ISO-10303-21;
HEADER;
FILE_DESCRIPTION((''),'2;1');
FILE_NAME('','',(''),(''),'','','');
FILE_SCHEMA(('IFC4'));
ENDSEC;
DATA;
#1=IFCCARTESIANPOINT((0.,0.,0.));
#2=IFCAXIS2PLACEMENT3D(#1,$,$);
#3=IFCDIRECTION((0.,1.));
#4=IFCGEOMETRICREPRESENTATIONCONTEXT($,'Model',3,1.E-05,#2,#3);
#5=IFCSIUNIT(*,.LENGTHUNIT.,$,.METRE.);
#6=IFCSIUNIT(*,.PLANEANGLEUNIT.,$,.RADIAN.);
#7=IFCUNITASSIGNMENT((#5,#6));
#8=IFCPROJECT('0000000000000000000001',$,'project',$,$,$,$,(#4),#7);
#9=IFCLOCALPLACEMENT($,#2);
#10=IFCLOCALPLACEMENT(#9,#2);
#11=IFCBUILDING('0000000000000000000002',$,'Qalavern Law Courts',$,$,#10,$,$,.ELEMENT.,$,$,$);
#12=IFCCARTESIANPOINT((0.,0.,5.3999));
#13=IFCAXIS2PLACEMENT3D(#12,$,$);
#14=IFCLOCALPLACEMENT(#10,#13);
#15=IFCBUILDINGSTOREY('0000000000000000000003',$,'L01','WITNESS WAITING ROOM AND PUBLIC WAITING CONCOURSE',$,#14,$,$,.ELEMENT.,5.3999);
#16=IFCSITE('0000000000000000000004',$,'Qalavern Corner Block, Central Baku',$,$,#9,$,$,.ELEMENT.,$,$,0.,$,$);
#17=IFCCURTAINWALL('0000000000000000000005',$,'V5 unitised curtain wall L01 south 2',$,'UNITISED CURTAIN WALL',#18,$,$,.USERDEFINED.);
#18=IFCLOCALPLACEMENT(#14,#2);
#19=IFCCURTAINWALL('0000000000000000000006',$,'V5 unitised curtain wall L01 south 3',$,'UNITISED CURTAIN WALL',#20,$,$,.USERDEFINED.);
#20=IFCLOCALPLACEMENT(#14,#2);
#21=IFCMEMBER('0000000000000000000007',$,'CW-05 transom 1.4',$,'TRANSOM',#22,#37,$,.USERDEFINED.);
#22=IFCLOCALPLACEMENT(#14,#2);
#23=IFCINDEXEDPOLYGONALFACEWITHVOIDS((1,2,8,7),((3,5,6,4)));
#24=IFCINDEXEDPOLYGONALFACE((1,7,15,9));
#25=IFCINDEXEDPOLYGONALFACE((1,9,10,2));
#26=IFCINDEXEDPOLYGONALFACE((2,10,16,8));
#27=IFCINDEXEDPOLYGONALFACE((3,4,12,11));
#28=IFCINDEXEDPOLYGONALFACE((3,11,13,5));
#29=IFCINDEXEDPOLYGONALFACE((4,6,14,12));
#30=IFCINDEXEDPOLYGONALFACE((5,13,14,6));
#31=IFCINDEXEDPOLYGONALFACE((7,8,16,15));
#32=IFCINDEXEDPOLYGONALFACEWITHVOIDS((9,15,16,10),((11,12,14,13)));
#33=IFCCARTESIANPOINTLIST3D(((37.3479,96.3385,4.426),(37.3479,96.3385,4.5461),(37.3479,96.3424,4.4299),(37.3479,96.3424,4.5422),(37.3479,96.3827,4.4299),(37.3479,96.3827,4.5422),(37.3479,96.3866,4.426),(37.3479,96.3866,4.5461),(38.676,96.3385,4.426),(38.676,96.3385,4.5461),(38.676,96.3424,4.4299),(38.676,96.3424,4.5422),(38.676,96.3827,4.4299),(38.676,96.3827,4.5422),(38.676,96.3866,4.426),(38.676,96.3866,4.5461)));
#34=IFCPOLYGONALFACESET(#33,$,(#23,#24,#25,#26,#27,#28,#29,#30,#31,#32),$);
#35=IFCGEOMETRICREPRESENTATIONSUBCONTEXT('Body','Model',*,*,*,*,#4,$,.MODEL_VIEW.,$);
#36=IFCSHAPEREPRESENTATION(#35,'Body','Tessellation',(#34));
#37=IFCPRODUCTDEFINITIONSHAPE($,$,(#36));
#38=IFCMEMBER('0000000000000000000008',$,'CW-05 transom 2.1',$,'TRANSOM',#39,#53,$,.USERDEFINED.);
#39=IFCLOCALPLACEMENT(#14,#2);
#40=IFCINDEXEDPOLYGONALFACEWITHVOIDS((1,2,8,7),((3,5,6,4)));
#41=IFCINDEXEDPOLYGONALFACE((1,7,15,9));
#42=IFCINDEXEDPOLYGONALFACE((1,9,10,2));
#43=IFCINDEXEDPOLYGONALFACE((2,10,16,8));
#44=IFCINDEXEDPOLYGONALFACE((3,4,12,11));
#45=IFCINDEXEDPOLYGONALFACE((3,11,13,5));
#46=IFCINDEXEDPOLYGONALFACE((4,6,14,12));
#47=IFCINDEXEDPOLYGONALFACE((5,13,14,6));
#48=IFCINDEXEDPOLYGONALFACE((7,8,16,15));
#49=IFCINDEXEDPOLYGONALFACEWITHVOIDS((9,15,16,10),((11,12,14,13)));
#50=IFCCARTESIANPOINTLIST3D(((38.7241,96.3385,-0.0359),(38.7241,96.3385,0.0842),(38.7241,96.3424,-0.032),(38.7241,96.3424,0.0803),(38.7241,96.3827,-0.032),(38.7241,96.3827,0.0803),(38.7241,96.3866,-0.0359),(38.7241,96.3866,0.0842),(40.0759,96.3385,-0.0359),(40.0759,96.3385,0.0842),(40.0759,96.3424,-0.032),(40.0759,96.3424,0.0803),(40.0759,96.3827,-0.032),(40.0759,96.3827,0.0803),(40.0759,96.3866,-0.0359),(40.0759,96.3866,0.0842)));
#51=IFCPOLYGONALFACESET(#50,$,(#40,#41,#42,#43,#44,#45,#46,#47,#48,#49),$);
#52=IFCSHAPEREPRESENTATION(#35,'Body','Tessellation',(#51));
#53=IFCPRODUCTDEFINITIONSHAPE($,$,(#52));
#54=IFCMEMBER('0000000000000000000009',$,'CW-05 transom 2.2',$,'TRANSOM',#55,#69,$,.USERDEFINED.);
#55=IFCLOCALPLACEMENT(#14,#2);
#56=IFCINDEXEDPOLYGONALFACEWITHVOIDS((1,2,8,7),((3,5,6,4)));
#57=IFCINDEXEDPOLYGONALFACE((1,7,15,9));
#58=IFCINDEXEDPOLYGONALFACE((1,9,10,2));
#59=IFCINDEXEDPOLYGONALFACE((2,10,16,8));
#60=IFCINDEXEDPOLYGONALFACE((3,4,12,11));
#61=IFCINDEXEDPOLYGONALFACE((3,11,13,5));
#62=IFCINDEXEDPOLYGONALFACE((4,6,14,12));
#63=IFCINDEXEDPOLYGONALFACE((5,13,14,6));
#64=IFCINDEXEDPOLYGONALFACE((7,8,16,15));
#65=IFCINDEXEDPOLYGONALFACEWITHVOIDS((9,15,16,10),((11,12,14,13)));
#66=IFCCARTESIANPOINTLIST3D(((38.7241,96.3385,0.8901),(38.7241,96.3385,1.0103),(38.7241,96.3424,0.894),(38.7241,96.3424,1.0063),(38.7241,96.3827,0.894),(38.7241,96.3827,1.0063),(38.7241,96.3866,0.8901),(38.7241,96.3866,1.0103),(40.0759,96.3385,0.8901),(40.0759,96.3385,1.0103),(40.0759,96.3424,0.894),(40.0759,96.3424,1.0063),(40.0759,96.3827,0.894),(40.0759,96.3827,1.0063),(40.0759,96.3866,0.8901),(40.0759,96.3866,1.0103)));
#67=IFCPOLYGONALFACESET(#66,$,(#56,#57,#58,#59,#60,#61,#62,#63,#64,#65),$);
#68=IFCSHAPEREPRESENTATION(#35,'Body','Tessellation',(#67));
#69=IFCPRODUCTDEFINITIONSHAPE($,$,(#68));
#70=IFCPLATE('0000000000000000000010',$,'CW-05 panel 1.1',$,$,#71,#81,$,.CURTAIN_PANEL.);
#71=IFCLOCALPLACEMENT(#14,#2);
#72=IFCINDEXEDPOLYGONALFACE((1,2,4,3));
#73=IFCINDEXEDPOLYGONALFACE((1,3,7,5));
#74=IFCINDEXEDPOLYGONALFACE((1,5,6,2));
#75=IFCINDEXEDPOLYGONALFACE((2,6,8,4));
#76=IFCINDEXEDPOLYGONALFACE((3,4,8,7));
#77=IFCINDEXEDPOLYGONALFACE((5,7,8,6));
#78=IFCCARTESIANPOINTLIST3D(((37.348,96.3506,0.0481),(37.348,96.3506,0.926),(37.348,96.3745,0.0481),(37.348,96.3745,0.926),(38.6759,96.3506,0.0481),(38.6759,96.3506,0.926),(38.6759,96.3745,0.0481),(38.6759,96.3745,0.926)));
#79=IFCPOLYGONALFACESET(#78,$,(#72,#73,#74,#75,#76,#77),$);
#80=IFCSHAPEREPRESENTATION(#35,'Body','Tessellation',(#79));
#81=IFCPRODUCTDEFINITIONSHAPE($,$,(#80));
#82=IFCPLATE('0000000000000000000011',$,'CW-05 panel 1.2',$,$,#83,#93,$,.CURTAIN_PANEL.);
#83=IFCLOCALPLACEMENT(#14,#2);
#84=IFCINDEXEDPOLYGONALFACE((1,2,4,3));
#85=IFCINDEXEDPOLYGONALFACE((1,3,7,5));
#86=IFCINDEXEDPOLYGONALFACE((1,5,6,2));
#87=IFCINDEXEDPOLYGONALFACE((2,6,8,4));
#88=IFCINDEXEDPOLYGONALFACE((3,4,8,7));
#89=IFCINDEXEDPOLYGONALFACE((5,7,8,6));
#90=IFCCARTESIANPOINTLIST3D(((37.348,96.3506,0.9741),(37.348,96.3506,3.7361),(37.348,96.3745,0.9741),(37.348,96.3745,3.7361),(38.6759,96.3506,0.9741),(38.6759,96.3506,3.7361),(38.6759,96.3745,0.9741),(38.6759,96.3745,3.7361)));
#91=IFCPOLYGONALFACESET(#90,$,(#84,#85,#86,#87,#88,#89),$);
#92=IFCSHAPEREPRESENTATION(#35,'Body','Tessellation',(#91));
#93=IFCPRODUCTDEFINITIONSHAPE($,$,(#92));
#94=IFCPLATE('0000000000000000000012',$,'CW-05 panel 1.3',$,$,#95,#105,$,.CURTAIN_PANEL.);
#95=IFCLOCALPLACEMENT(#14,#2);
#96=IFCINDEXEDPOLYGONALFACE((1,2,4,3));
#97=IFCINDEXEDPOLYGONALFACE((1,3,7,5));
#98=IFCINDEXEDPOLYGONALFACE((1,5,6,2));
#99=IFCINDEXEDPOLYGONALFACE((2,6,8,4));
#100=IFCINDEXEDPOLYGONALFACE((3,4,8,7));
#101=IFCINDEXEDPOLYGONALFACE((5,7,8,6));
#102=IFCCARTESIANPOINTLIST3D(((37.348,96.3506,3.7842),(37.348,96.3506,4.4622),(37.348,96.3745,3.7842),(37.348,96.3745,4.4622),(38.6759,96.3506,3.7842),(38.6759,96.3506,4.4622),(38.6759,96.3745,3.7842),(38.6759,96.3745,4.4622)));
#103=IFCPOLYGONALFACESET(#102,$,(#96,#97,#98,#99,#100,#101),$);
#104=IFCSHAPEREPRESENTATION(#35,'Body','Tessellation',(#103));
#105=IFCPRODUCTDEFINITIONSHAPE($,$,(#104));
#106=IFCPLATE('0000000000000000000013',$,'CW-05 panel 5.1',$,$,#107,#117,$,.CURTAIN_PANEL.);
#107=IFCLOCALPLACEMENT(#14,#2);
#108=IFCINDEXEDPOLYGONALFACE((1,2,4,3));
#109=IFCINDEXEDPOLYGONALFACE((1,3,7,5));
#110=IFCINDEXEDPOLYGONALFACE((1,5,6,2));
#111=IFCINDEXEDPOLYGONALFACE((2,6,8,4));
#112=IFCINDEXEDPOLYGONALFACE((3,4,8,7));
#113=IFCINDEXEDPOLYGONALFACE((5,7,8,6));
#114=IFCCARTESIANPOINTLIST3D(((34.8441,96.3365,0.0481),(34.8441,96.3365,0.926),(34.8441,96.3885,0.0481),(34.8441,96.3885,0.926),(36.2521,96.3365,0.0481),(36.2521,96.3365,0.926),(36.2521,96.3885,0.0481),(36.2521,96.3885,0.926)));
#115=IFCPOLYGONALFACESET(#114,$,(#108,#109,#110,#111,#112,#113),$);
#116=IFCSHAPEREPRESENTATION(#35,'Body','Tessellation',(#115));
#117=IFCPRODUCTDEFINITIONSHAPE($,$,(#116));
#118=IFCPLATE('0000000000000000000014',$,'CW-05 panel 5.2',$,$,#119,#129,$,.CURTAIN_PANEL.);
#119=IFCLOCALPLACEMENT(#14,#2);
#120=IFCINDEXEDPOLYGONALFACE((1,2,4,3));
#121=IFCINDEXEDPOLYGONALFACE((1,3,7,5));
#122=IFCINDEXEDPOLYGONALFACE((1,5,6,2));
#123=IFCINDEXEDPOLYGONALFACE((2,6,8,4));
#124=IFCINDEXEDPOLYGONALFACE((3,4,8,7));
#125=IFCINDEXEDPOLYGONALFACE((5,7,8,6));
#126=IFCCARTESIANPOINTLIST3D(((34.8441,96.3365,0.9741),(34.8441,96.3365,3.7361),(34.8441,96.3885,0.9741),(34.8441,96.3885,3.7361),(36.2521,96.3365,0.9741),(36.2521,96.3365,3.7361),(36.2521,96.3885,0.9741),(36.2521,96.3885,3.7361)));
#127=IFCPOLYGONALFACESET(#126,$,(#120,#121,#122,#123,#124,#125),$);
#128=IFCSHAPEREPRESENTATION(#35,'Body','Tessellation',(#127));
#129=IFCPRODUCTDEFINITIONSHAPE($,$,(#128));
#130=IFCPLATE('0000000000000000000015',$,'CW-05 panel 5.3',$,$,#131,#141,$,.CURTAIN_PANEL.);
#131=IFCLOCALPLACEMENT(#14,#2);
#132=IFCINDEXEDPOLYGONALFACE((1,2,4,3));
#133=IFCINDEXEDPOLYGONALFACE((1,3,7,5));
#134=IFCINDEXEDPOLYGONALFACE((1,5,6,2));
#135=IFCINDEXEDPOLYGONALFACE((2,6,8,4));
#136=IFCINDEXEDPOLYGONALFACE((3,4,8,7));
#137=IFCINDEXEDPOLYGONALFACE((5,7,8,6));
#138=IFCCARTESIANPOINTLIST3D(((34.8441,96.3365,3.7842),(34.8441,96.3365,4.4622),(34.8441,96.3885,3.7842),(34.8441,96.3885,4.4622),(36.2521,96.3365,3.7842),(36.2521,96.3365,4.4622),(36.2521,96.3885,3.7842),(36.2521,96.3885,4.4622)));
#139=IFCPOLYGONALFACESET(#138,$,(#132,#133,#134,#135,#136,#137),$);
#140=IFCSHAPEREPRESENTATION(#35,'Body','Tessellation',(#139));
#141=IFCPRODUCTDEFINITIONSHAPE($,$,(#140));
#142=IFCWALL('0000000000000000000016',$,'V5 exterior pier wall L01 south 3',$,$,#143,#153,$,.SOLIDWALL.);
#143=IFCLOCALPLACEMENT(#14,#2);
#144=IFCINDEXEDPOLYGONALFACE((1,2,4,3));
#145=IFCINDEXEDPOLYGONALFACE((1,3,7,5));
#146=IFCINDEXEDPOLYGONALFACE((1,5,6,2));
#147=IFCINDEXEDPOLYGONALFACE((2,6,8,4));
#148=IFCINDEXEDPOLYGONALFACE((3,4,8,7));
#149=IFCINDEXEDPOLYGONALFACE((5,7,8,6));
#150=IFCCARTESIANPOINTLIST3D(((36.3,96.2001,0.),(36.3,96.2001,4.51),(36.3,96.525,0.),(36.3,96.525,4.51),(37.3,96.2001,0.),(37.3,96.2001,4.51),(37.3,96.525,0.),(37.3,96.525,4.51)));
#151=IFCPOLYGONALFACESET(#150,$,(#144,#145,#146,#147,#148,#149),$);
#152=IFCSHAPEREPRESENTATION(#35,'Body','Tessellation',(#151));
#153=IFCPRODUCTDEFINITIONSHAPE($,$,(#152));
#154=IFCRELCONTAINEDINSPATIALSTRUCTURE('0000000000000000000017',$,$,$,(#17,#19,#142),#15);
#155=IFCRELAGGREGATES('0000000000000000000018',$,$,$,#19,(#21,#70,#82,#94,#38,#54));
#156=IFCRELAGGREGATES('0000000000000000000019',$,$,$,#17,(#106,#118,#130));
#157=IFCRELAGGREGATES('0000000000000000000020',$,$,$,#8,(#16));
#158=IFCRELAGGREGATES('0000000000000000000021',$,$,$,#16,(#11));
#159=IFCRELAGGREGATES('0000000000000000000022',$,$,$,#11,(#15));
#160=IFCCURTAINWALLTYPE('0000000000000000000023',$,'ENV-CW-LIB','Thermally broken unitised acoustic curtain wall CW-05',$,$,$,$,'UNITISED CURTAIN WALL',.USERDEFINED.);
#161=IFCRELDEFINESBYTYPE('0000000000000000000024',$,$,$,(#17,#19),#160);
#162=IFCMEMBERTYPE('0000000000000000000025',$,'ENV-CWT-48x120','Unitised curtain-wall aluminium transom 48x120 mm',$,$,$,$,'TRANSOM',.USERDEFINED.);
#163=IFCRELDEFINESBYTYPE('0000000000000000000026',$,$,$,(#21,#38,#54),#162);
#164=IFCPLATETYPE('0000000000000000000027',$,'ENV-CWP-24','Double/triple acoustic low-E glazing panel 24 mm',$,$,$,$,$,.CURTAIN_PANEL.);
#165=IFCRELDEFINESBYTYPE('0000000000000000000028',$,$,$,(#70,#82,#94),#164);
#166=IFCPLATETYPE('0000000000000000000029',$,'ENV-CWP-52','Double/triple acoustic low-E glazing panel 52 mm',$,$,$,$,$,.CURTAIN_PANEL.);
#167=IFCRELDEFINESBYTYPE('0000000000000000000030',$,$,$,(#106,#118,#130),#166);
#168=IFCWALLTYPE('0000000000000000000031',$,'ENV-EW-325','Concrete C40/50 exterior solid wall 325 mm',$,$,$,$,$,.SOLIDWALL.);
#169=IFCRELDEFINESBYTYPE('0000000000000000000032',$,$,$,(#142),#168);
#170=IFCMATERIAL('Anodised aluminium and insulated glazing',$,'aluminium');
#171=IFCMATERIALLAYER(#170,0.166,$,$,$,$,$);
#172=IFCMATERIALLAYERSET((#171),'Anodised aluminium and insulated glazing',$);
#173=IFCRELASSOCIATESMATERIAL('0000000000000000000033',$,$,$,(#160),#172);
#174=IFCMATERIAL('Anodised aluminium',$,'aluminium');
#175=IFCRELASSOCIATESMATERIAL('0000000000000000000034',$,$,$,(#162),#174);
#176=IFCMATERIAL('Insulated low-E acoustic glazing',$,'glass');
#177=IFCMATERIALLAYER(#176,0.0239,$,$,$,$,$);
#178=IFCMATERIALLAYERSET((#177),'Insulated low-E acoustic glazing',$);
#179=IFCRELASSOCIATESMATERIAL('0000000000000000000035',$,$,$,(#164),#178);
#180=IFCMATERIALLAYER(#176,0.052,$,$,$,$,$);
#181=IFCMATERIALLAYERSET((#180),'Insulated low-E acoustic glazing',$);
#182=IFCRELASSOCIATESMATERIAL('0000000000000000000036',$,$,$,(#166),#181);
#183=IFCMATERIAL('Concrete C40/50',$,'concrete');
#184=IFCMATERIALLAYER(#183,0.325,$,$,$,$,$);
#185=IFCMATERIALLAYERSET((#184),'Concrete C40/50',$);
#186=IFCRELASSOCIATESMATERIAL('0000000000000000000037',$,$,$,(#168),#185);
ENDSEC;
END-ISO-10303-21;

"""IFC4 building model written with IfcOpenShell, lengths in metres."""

from ifc_helpers import new_model, si_unit, direction, frame, frame_2d, origin, origin_2d, place, context, subcontext, project, spatial, rectangle, hollow_rectangle, extrude, material, layer, layer_set, material_profile, profile_set, type_object, element, aggregate, save


model = new_model("IFC4")

# Units and contexts
model_context = context("Model", 3, precision=1e-05, world=origin(), true_north=direction((0.0, 1.0)))
body_context = subcontext(model_context, "Body", "Model", "MODEL_VIEW")
ifc_project = project(units=[si_unit("LENGTHUNIT", "METRE"), si_unit("PLANEANGLEUNIT", "RADIAN")], contexts=[model_context])

# Site, building, storey
site_placement = place(None, origin())
site = spatial("IfcSite", under=ifc_project, at=site_placement, Name="Qalavern Corner Block, Central Baku", CompositionType="ELEMENT", RefElevation=0.0)
building_placement = place(site_placement, origin())
building = spatial("IfcBuilding", under=site, at=building_placement, Name="Qalavern Law Courts", CompositionType="ELEMENT")
storey_placement = place(building_placement, frame((0.0, 0.0, 5.3999)))
storey = spatial("IfcBuildingStorey", under=building, at=storey_placement, Name="L01", Description="WITNESS WAITING ROOM AND PUBLIC WAITING CONCOURSE", CompositionType="ELEMENT", Elevation=5.3999)

# Curtain walls
ifc_material_1 = material(Name="Anodised aluminium and insulated glazing", Category="aluminium")
ifc_layer_1 = layer(ifc_material_1, 0.166)
ifc_layer_set_1 = layer_set([ifc_layer_1], Name="Anodised aluminium and insulated glazing")
curtain_wall_type = type_object("IfcCurtainWallType", Name="ENV-CW-LIB", Description="Thermally broken unitised acoustic curtain wall CW-05", ElementType="UNITISED CURTAIN WALL", PredefinedType="USERDEFINED", material=ifc_layer_set_1)
curtain_wall_1_placement = place(storey_placement, origin())
curtain_wall_1 = element("IfcCurtainWall", 1, at=curtain_wall_1_placement, inside=storey, type_object=curtain_wall_type, Name="V5 unitised curtain wall L01 south 2", ObjectType="UNITISED CURTAIN WALL", PredefinedType="USERDEFINED")
ifc_material_2 = material(Name="Anodised aluminium", Category="aluminium")
curtain_wall_2_placement = place(storey_placement, origin())
curtain_wall_2 = element("IfcCurtainWall", 2, at=curtain_wall_2_placement, inside=storey, type_object=curtain_wall_type, Name="V5 unitised curtain wall L01 south 3", ObjectType="UNITISED CURTAIN WALL", PredefinedType="USERDEFINED")

# Members
ifc_material_profile_1 = material_profile(ifc_material_2, hollow_rectangle(XDim=0.0481, YDim=0.1201, WallThickness=0.0039, at=origin_2d()), Name="ALU TRANSOM 48x120")
ifc_profile_set_1 = profile_set([ifc_material_profile_1], Name="Anodised aluminium")
member_type_1 = type_object("IfcMemberType", Name="ENV-CWT-48x120", Description="Unitised curtain-wall aluminium transom 48x120 mm", ElementType="TRANSOM", PredefinedType="USERDEFINED", material=ifc_profile_set_1)
member_1_placement = place(storey_placement, frame((37.3479, 96.3625, 4.4861), z_axis=(1.0, 0.0, 0.0), x_axis=(0.0, 1.0, 0.0)))
member_1 = element("IfcMember", 3, at=member_1_placement, type_object=member_type_1, Name="CW-05 transom 1.4", ObjectType="TRANSOM", PredefinedType="USERDEFINED", context=body_context, shape_type="SweptSolid", body=[
    extrude(hollow_rectangle(XDim=0.0481, YDim=0.1201, WallThickness=0.0039, at=origin_2d()), origin(), (0.0, 0.0, 1.0), 1.3281),
])
member_2_placement = place(storey_placement, frame((38.7241, 96.3625, 0.0242), z_axis=(1.0, 0.0, 0.0), x_axis=(0.0, 1.0, 0.0)))
member_2 = element("IfcMember", 4, at=member_2_placement, type_object=member_type_1, Name="CW-05 transom 2.1", ObjectType="TRANSOM", PredefinedType="USERDEFINED", context=body_context, shape_type="SweptSolid", body=[
    extrude(hollow_rectangle(XDim=0.0481, YDim=0.1201, WallThickness=0.0039, at=origin_2d()), origin(), (0.0, 0.0, 1.0), 1.3518),
])
member_3_placement = place(storey_placement, frame((38.7241, 96.3625, 0.9502), z_axis=(1.0, 0.0, 0.0), x_axis=(0.0, 1.0, 0.0)))
member_3 = element("IfcMember", 5, at=member_3_placement, type_object=member_type_1, Name="CW-05 transom 2.2", ObjectType="TRANSOM", PredefinedType="USERDEFINED", context=body_context, shape_type="SweptSolid", body=[
    extrude(hollow_rectangle(XDim=0.0481, YDim=0.1201, WallThickness=0.0039, at=origin_2d()), origin(), (0.0, 0.0, 1.0), 1.3518),
])

# Plates
ifc_material_3 = material(Name="Insulated low-E acoustic glazing", Category="glass")
ifc_layer_2 = layer(ifc_material_3, 0.0239)
ifc_layer_set_2 = layer_set([ifc_layer_2], Name="Insulated low-E acoustic glazing")
plate_type_1 = type_object("IfcPlateType", Name="ENV-CWP-24", Description="Double/triple acoustic low-E glazing panel 24 mm", PredefinedType="CURTAIN_PANEL", material=ifc_layer_set_2)
plate_1_placement = place(storey_placement, frame((38.012, 96.3625, 0.0481), z_axis=(0.0, 0.0, 1.0), x_axis=(1.0, 0.0, 0.0)))
plate_1 = element("IfcPlate", 6, at=plate_1_placement, type_object=plate_type_1, Name="CW-05 panel 1.1", PredefinedType="CURTAIN_PANEL", context=body_context, shape_type="SweptSolid", body=[
    extrude(rectangle(XDim=1.3279, YDim=0.0239, at=origin_2d()), origin(), (0.0, 0.0, 1.0), 0.8779),
])
plate_2_placement = place(storey_placement, frame((38.012, 96.3625, 0.9741), z_axis=(0.0, 0.0, 1.0), x_axis=(1.0, 0.0, 0.0)))
plate_2 = element("IfcPlate", 7, at=plate_2_placement, type_object=plate_type_1, Name="CW-05 panel 1.2", PredefinedType="CURTAIN_PANEL", context=body_context, shape_type="SweptSolid", body=[
    extrude(rectangle(XDim=1.3279, YDim=0.0239, at=origin_2d()), origin(), (0.0, 0.0, 1.0), 2.762),
])
plate_3_placement = place(storey_placement, frame((38.012, 96.3625, 3.7842), z_axis=(0.0, 0.0, 1.0), x_axis=(1.0, 0.0, 0.0)))
plate_3 = element("IfcPlate", 8, at=plate_3_placement, type_object=plate_type_1, Name="CW-05 panel 1.3", PredefinedType="CURTAIN_PANEL", context=body_context, shape_type="SweptSolid", body=[
    extrude(rectangle(XDim=1.3279, YDim=0.0239, at=origin_2d()), origin(), (0.0, 0.0, 1.0), 0.678),
])
aggregate(curtain_wall_2, [member_1, plate_1, plate_2, plate_3, member_2, member_3])
ifc_layer_3 = layer(ifc_material_3, 0.052)
ifc_layer_set_3 = layer_set([ifc_layer_3], Name="Insulated low-E acoustic glazing")
plate_type_2 = type_object("IfcPlateType", Name="ENV-CWP-52", Description="Double/triple acoustic low-E glazing panel 52 mm", PredefinedType="CURTAIN_PANEL", material=ifc_layer_set_3)
plate_4_placement = place(storey_placement, frame((35.5481, 96.3625, 0.0481), z_axis=(0.0, 0.0, 1.0), x_axis=(1.0, 0.0, 0.0)))
plate_4 = element("IfcPlate", 9, at=plate_4_placement, type_object=plate_type_2, Name="CW-05 panel 5.1", PredefinedType="CURTAIN_PANEL", context=body_context, shape_type="SweptSolid", body=[
    extrude(rectangle(XDim=1.408, YDim=0.052, at=origin_2d()), origin(), (0.0, 0.0, 1.0), 0.8779),
])
plate_5_placement = place(storey_placement, frame((35.5481, 96.3625, 0.9741), z_axis=(0.0, 0.0, 1.0), x_axis=(1.0, 0.0, 0.0)))
plate_5 = element("IfcPlate", 10, at=plate_5_placement, type_object=plate_type_2, Name="CW-05 panel 5.2", PredefinedType="CURTAIN_PANEL", context=body_context, shape_type="SweptSolid", body=[
    extrude(rectangle(XDim=1.408, YDim=0.052, at=origin_2d()), origin(), (0.0, 0.0, 1.0), 2.762),
])
plate_6_placement = place(storey_placement, frame((35.5481, 96.3625, 3.7842), z_axis=(0.0, 0.0, 1.0), x_axis=(1.0, 0.0, 0.0)))
plate_6 = element("IfcPlate", 11, at=plate_6_placement, type_object=plate_type_2, Name="CW-05 panel 5.3", PredefinedType="CURTAIN_PANEL", context=body_context, shape_type="SweptSolid", body=[
    extrude(rectangle(XDim=1.408, YDim=0.052, at=origin_2d()), origin(), (0.0, 0.0, 1.0), 0.678),
])
aggregate(curtain_wall_1, [plate_4, plate_5, plate_6])

# Wall
ifc_material_4 = material(Name="Concrete C40/50", Category="concrete")
ifc_layer_4 = layer(ifc_material_4, 0.325)
ifc_layer_set_4 = layer_set([ifc_layer_4], Name="Concrete C40/50")
wall_type = type_object("IfcWallType", Name="ENV-EW-325", Description="Concrete C40/50 exterior solid wall 325 mm", PredefinedType="SOLIDWALL", material=ifc_layer_set_4)
wall_placement = place(storey_placement, frame((36.3, 96.3625, 0.0), z_axis=(0.0, 0.0, 1.0), x_axis=(1.0, 0.0, 0.0)))
element("IfcWall", 12, at=wall_placement, inside=storey, type_object=wall_type, Name="V5 exterior pier wall L01 south 3", PredefinedType="SOLIDWALL", context=body_context, shape_type="SweptSolid", body=[
    extrude(rectangle(XDim=1.0, YDim=0.325, at=frame_2d((0.5, 0.0))), origin(), (0.0, 0.0, 1.0), 4.51),
])

save(model, "model.ifc")
